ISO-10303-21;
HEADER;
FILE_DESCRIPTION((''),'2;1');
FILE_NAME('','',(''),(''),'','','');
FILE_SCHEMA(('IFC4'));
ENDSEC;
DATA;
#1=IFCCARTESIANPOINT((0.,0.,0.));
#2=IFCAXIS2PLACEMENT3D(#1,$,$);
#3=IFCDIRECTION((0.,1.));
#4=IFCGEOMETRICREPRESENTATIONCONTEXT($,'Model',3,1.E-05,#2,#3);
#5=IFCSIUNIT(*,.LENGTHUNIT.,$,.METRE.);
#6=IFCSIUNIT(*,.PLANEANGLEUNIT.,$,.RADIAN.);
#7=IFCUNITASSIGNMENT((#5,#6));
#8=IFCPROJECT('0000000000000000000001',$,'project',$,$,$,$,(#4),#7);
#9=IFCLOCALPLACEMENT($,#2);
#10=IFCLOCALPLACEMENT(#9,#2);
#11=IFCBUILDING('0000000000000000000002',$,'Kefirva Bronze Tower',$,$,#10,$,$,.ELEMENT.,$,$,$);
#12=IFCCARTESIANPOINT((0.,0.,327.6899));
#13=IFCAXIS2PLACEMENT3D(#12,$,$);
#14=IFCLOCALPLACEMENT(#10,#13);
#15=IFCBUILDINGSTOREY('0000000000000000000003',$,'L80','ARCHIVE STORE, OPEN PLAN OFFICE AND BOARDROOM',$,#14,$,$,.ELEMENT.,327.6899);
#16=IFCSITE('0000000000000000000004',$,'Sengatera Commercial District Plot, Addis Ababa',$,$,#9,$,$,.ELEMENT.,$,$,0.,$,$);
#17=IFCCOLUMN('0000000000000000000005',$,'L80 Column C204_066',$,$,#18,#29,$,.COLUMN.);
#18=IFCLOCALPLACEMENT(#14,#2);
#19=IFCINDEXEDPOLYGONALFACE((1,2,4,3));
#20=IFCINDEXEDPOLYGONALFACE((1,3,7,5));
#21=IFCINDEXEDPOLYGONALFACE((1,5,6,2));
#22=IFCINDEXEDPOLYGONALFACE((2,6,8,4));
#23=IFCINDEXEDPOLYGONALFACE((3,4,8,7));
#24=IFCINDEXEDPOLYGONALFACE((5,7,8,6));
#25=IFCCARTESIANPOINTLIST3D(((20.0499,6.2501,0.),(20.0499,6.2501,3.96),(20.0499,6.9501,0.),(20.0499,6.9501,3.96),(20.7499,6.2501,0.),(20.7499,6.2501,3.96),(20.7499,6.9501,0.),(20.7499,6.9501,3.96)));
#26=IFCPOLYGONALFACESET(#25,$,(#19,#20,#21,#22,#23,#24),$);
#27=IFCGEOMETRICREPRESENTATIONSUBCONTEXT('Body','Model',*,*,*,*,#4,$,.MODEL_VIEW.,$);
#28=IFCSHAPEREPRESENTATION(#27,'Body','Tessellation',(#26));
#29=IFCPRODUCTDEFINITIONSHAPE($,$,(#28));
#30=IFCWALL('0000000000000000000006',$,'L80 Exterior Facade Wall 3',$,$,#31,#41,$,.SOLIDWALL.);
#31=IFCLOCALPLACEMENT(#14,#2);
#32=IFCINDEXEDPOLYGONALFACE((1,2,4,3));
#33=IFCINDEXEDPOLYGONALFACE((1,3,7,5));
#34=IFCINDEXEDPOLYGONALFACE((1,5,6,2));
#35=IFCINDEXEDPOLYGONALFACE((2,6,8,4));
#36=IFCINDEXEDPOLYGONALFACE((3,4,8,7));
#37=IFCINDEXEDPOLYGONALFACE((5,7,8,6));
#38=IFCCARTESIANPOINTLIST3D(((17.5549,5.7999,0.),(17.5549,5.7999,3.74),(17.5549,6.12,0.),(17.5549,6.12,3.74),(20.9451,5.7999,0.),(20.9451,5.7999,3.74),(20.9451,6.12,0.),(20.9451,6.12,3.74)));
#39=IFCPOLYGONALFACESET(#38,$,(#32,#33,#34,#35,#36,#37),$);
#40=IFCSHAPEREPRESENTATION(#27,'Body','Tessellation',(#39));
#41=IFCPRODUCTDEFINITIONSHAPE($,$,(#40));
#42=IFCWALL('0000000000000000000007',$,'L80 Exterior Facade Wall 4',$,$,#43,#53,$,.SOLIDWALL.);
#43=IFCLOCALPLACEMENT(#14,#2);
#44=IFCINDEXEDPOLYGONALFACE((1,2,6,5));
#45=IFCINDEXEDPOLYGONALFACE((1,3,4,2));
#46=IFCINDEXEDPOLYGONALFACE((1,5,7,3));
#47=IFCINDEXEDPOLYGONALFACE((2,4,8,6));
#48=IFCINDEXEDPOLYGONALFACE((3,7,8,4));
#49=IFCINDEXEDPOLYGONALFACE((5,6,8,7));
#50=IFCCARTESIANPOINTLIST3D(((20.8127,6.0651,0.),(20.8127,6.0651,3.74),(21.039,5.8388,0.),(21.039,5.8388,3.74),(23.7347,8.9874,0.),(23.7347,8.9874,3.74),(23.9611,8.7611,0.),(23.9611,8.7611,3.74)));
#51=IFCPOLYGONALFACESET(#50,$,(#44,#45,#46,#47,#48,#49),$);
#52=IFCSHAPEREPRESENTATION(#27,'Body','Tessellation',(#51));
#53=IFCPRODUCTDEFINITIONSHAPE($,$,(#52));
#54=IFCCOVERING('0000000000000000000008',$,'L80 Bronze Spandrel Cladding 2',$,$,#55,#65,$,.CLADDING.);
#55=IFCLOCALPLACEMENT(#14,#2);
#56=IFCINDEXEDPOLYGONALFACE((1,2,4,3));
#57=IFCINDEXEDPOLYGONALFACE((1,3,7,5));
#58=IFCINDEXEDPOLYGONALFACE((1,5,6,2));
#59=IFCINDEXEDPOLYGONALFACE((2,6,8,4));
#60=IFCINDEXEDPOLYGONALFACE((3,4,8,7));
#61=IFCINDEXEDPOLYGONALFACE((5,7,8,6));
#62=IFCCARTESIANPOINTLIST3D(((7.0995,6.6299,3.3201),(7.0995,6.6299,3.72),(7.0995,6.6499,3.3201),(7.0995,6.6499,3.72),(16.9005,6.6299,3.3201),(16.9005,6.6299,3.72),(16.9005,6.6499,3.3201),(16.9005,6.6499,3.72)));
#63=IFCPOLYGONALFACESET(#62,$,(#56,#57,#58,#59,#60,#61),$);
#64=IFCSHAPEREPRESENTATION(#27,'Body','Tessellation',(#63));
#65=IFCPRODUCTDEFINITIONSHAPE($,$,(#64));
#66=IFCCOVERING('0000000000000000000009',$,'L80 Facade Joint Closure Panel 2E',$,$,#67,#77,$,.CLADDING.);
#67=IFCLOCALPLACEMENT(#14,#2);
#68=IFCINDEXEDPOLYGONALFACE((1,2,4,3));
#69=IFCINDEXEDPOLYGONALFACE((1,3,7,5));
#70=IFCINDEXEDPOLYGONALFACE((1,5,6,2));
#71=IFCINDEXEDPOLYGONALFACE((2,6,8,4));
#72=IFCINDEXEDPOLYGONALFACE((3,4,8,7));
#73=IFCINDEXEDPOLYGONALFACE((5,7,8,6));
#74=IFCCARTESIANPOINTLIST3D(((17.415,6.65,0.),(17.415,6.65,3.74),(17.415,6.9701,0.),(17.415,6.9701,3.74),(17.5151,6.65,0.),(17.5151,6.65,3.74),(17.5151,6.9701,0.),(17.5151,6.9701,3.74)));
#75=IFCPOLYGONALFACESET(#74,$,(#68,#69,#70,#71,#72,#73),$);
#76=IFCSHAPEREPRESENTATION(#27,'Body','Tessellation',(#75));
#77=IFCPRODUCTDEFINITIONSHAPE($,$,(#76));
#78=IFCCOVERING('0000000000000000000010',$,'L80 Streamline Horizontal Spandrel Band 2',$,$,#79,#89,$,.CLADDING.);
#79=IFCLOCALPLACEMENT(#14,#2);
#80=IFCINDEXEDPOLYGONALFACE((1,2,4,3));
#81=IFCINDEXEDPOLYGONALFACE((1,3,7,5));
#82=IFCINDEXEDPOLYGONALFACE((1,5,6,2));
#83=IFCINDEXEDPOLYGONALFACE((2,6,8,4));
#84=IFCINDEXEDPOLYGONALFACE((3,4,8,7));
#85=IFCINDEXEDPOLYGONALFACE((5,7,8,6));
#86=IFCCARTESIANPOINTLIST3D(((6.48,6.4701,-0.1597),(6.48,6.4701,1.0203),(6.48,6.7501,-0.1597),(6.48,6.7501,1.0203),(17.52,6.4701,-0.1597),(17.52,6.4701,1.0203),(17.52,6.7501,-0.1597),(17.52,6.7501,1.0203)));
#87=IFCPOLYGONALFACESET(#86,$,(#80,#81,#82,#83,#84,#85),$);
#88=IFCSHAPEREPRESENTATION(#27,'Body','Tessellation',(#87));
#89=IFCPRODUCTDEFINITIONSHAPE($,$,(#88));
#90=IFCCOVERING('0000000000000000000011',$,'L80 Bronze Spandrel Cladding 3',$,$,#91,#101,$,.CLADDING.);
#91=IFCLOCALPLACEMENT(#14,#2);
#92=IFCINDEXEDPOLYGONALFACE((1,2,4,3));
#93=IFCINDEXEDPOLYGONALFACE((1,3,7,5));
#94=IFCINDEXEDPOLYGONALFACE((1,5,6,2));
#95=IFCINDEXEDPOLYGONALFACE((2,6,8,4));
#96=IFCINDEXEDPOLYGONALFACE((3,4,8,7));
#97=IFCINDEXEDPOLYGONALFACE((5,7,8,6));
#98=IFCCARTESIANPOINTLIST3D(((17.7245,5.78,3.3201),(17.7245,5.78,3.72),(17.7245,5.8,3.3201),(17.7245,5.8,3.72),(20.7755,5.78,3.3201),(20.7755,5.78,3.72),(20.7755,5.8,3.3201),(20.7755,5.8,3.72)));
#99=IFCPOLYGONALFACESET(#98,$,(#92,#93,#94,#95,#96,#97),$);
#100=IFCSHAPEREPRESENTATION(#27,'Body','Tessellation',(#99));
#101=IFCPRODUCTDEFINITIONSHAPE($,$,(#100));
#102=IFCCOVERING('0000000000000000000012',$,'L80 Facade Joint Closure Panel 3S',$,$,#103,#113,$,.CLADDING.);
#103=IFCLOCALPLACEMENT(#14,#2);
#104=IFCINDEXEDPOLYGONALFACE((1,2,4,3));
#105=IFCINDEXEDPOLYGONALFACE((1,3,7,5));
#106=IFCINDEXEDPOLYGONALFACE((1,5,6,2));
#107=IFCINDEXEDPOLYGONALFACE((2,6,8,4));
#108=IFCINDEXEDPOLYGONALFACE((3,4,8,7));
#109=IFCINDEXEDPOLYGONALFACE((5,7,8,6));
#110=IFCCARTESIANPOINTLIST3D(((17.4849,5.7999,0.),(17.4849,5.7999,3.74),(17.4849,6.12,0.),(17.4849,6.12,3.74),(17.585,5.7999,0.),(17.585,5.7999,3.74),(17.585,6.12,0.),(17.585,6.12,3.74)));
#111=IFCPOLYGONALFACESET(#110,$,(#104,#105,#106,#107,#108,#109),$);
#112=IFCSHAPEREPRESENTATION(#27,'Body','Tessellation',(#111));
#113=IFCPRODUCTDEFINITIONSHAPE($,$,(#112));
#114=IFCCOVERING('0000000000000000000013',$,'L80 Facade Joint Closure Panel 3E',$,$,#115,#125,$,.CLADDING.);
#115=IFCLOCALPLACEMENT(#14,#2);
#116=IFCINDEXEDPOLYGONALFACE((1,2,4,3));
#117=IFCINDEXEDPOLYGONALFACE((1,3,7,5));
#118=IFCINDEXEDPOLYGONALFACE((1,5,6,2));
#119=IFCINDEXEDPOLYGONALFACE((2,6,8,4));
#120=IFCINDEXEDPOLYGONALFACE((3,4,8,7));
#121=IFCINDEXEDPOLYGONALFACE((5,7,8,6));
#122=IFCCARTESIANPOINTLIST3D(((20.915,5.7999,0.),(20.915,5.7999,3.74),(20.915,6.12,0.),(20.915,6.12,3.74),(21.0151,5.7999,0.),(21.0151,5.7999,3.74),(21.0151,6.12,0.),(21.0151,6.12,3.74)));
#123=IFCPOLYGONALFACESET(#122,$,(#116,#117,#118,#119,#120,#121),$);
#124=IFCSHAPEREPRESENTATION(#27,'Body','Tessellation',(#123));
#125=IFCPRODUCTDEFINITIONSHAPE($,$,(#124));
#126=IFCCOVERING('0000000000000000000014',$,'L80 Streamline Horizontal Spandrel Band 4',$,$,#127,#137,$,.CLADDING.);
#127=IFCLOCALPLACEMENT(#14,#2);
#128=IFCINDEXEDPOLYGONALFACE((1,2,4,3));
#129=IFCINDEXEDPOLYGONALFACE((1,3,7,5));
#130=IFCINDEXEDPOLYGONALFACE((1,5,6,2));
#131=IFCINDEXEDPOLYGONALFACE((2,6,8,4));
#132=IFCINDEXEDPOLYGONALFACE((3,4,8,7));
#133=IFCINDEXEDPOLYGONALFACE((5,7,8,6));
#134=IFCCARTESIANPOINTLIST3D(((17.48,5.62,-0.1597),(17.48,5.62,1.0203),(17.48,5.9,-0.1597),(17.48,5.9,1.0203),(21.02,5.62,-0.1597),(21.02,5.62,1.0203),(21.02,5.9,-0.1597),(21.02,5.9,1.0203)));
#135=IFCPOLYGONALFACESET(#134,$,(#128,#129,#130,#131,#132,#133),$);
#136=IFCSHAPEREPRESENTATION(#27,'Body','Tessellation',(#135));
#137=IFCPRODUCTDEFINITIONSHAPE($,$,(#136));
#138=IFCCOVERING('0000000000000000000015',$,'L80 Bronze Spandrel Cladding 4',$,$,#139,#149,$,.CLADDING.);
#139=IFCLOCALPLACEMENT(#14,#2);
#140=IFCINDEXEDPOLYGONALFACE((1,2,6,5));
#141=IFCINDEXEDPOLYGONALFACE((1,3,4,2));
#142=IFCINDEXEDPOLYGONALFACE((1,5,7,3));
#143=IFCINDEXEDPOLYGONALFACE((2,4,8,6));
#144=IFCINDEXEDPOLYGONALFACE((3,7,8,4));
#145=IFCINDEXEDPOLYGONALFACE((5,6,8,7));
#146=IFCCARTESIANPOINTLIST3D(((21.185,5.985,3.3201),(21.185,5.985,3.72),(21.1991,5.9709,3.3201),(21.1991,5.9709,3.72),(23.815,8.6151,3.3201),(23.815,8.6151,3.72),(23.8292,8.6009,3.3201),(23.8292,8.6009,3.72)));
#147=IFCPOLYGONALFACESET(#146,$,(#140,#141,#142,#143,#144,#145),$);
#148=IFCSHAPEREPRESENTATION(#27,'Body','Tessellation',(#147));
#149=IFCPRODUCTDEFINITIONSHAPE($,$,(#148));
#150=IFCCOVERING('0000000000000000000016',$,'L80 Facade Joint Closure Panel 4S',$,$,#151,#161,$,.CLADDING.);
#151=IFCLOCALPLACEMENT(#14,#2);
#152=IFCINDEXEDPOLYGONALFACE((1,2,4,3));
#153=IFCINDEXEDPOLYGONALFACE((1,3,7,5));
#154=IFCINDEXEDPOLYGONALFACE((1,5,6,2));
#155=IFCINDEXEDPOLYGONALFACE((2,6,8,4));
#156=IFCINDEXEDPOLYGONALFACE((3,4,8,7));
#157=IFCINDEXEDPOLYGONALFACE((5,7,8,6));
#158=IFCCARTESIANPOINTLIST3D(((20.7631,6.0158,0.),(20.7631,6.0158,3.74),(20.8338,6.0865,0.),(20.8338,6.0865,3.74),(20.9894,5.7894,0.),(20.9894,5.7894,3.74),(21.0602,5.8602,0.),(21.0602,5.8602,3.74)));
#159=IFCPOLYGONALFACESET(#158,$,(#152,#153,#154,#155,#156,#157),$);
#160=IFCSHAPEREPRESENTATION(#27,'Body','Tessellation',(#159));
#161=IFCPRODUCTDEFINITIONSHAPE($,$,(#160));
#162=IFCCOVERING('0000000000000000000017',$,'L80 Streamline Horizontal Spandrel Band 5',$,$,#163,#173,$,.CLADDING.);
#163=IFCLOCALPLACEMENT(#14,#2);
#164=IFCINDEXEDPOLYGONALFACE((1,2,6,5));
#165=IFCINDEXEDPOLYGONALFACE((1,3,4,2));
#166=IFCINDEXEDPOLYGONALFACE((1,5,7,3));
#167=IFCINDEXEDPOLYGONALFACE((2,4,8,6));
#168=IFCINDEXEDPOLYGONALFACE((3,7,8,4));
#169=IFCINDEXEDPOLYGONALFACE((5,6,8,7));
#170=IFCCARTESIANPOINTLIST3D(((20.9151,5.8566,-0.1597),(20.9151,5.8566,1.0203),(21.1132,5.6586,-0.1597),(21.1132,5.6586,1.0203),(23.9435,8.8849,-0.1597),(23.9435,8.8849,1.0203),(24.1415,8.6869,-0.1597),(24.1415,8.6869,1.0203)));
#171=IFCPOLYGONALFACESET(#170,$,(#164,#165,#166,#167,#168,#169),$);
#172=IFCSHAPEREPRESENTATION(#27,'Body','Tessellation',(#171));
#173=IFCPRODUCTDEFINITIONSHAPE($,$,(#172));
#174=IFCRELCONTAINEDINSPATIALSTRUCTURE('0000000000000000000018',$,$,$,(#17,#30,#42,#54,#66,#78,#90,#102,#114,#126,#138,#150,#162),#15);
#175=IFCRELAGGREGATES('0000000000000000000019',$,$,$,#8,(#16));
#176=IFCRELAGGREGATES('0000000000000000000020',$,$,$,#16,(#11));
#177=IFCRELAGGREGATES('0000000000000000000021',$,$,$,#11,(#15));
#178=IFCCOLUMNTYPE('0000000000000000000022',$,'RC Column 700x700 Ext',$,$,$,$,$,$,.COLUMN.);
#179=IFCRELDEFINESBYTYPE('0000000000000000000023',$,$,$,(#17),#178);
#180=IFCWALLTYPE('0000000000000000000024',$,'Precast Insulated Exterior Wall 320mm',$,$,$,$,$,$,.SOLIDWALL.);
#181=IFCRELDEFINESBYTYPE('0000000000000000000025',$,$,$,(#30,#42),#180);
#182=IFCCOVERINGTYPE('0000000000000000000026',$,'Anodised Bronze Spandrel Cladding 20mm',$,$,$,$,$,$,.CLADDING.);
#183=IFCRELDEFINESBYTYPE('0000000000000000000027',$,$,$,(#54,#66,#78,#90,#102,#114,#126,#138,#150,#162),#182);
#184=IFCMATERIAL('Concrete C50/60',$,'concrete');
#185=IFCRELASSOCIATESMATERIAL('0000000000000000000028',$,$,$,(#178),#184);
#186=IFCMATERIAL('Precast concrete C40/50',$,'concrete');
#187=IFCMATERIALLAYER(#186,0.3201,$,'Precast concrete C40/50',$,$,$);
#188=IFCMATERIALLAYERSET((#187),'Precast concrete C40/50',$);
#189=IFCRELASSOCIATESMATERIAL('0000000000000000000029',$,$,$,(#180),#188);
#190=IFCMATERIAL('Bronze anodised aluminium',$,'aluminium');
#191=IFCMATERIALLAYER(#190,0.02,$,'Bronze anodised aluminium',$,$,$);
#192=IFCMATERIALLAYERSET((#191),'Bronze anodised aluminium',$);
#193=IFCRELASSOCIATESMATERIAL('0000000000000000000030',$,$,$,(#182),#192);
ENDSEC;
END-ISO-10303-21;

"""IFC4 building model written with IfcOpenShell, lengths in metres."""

from ifc_helpers import new_model, si_unit, direction, frame, frame_2d, origin, origin_2d, place, context, subcontext, project, spatial, rectangle, extrude, material, layer, layer_set, material_profile, profile_set, type_object, element, save


model = new_model("IFC4")

# Units and contexts
model_context = context("Model", 3, precision=1e-05, world=origin(), true_north=direction((0.0, 1.0)))
body_context = subcontext(model_context, "Body", "Model", "MODEL_VIEW")
ifc_project = project(units=[si_unit("LENGTHUNIT", "METRE"), si_unit("PLANEANGLEUNIT", "RADIAN")], contexts=[model_context])

# Site, building, storey
site_placement = place(None, origin())
site = spatial("IfcSite", under=ifc_project, at=site_placement, Name="Sengatera Commercial District Plot, Addis Ababa", CompositionType="ELEMENT", RefElevation=0.0)
building_placement = place(site_placement, origin())
building = spatial("IfcBuilding", under=site, at=building_placement, Name="Kefirva Bronze Tower", CompositionType="ELEMENT")
storey_placement = place(building_placement, frame((0.0, 0.0, 327.6899)))
storey = spatial("IfcBuildingStorey", under=building, at=storey_placement, Name="L80", Description="ARCHIVE STORE, OPEN PLAN OFFICE AND BOARDROOM", CompositionType="ELEMENT", Elevation=327.6899)

# Column
ifc_material_1 = material(Name="Concrete C50/60", Category="concrete")
ifc_material_profile = material_profile(ifc_material_1, rectangle(XDim=0.7, YDim=0.7, at=origin_2d()), Name="RC 700x700")
ifc_profile_set = profile_set([ifc_material_profile], Name="Concrete C50/60")
column_type = type_object("IfcColumnType", Name="RC Column 700x700 Ext", PredefinedType="COLUMN", material=ifc_profile_set)
column_placement = place(storey_placement, frame((20.3999, 6.6001, 0.0), z_axis=(0.0, 0.0, 1.0), x_axis=(1.0, 0.0, 0.0)))
element("IfcColumn", 1, at=column_placement, inside=storey, type_object=column_type, Name="L80 Column C204_066", PredefinedType="COLUMN", context=body_context, shape_type="SweptSolid", body=[
    extrude(rectangle(XDim=0.7, YDim=0.7, at=origin_2d()), origin(), (0.0, 0.0, 1.0), 3.96),
])

# Walls
ifc_material_2 = material(Name="Precast concrete C40/50", Category="concrete")
ifc_layer_1 = layer(ifc_material_2, 0.3201, Name="Precast concrete C40/50")
ifc_layer_set_1 = layer_set([ifc_layer_1], Name="Precast concrete C40/50")
wall_type = type_object("IfcWallType", Name="Precast Insulated Exterior Wall 320mm", PredefinedType="SOLIDWALL", material=ifc_layer_set_1)
wall_1_placement = place(storey_placement, frame((17.5549, 5.96, 0.0), z_axis=(0.0, 0.0, 1.0), x_axis=(1.0, 0.0, 0.0)))
element("IfcWall", 2, at=wall_1_placement, inside=storey, type_object=wall_type, Name="L80 Exterior Facade Wall 3", PredefinedType="SOLIDWALL", context=body_context, shape_type="SweptSolid", body=[
    extrude(rectangle(XDim=3.3901, YDim=0.3201, at=frame_2d((1.6951, 0.0))), origin(), (0.0, 0.0, 1.0), 3.74),
])
wall_2_placement = place(storey_placement, frame((20.9258, 5.9519, 0.0), z_axis=(0.0, 0.0, 1.0), x_axis=(0.707077, 0.707136, 0.0)))
element("IfcWall", 3, at=wall_2_placement, inside=storey, type_object=wall_type, Name="L80 Exterior Facade Wall 4", PredefinedType="SOLIDWALL", context=body_context, shape_type="SweptSolid", body=[
    extrude(rectangle(XDim=4.1326, YDim=0.3201, at=frame_2d((2.0664, 0.0))), origin(), (0.0, 0.0, 1.0), 3.74),
])

# Coverings
ifc_material_3 = material(Name="Bronze anodised aluminium", Category="aluminium")
ifc_layer_2 = layer(ifc_material_3, 0.02, Name="Bronze anodised aluminium")
ifc_layer_set_2 = layer_set([ifc_layer_2], Name="Bronze anodised aluminium")
covering_type_1 = type_object("IfcCoveringType", Name="Anodised Bronze Spandrel Cladding 20mm", PredefinedType="CLADDING", material=ifc_layer_set_2)
covering_1_placement = place(storey_placement, frame((12.0, 6.6399, 3.3201), z_axis=(0.0, 0.0, 1.0), x_axis=(1.0, 0.0, 0.0)))
element("IfcCovering", 4, at=covering_1_placement, inside=storey, type_object=covering_type_1, Name="L80 Bronze Spandrel Cladding 2", PredefinedType="CLADDING", context=body_context, shape_type="SweptSolid", body=[
    extrude(rectangle(XDim=9.801, YDim=0.02, at=origin_2d()), origin(), (0.0, 0.0, 1.0), 0.3999),
])
covering_2_placement = place(storey_placement, frame((17.4651, 6.8101, 0.0), z_axis=(0.0, 0.0, 1.0), x_axis=(1.0, 0.0, 0.0)))
element("IfcCovering", 5, at=covering_2_placement, inside=storey, type_object=covering_type_1, Name="L80 Facade Joint Closure Panel 2E", PredefinedType="CLADDING", context=body_context, shape_type="SweptSolid", body=[
    extrude(rectangle(XDim=0.1001, YDim=0.3201, at=origin_2d()), origin(), (0.0, 0.0, 1.0), 3.74),
])
covering_3_placement = place(storey_placement, frame((12.0, 6.6101, -0.1597), z_axis=(0.0, 0.0, 1.0), x_axis=(1.0, 0.0, 0.0)))
element("IfcCovering", 6, at=covering_3_placement, inside=storey, type_object=covering_type_1, Name="L80 Streamline Horizontal Spandrel Band 2", PredefinedType="CLADDING", context=body_context, shape_type="SweptSolid", body=[
    extrude(rectangle(XDim=11.04, YDim=0.28, at=origin_2d()), origin(), (0.0, 0.0, 1.0), 1.1799),
])
covering_4_placement = place(storey_placement, frame((19.25, 5.79, 3.3201), z_axis=(0.0, 0.0, 1.0), x_axis=(1.0, 0.0, 0.0)))
element("IfcCovering", 7, at=covering_4_placement, inside=storey, type_object=covering_type_1, Name="L80 Bronze Spandrel Cladding 3", PredefinedType="CLADDING", context=body_context, shape_type="SweptSolid", body=[
    extrude(rectangle(XDim=3.051, YDim=0.02, at=origin_2d()), origin(), (0.0, 0.0, 1.0), 0.3999),
])
for number, where, z_axis, x_axis, name in (
    (8, (17.5349, 5.96, 0.0), (0.0, 0.0, 1.0), (1.0, 0.0, 0.0), "L80 Facade Joint Closure Panel 3S"),
    (9, (20.9651, 5.96, 0.0), (0.0, 0.0, 1.0), (1.0, 0.0, 0.0), "L80 Facade Joint Closure Panel 3E"),
):
    element("IfcCovering", number, at=place(storey_placement, frame(where, z_axis=z_axis, x_axis=x_axis)), inside=storey, type_object=covering_type_1, Name=name, PredefinedType="CLADDING", context=body_context, shape_type="SweptSolid", body=[
        extrude(rectangle(XDim=0.1001, YDim=0.3201, at=origin_2d()), origin(), (0.0, 0.0, 1.0), 3.74),
    ])
covering_5_placement = place(storey_placement, frame((19.25, 5.76, -0.1597), z_axis=(0.0, 0.0, 1.0), x_axis=(1.0, 0.0, 0.0)))
element("IfcCovering", 10, at=covering_5_placement, inside=storey, type_object=covering_type_1, Name="L80 Streamline Horizontal Spandrel Band 4", PredefinedType="CLADDING", context=body_context, shape_type="SweptSolid", body=[
    extrude(rectangle(XDim=3.54, YDim=0.28, at=origin_2d()), origin(), (0.0, 0.0, 1.0), 1.1799),
])
covering_6_placement = place(storey_placement, frame((22.5071, 7.293, 3.3201), z_axis=(0.0, 0.0, 1.0), x_axis=(0.707107, 0.707107, 0.0)))
element("IfcCovering", 11, at=covering_6_placement, inside=storey, type_object=covering_type_1, Name="L80 Bronze Spandrel Cladding 4", PredefinedType="CLADDING", context=body_context, shape_type="SweptSolid", body=[
    extrude(rectangle(XDim=3.7195, YDim=0.02, at=origin_2d()), origin(), (0.0, 0.0, 1.0), 0.3999),
])
covering_7_placement = place(storey_placement, frame((20.9116, 5.938, 0.0), z_axis=(0.0, 0.0, 1.0), x_axis=(0.707107, 0.707107, 0.0)))
element("IfcCovering", 12, at=covering_7_placement, inside=storey, type_object=covering_type_1, Name="L80 Facade Joint Closure Panel 4S", PredefinedType="CLADDING", context=body_context, shape_type="SweptSolid", body=[
    extrude(rectangle(XDim=0.1001, YDim=0.3201, at=origin_2d()), origin(), (0.0, 0.0, 1.0), 3.74),
])
covering_8_placement = place(storey_placement, frame((22.5283, 7.2717, -0.1597), z_axis=(0.0, 0.0, 1.0), x_axis=(0.707107, 0.707107, 0.0)))
element("IfcCovering", 13, at=covering_8_placement, inside=storey, type_object=covering_type_1, Name="L80 Streamline Horizontal Spandrel Band 5", PredefinedType="CLADDING", context=body_context, shape_type="SweptSolid", body=[
    extrude(rectangle(XDim=4.2827, YDim=0.28, at=origin_2d()), origin(), (0.0, 0.0, 1.0), 1.1799),
])

save(model, "model.ifc")
